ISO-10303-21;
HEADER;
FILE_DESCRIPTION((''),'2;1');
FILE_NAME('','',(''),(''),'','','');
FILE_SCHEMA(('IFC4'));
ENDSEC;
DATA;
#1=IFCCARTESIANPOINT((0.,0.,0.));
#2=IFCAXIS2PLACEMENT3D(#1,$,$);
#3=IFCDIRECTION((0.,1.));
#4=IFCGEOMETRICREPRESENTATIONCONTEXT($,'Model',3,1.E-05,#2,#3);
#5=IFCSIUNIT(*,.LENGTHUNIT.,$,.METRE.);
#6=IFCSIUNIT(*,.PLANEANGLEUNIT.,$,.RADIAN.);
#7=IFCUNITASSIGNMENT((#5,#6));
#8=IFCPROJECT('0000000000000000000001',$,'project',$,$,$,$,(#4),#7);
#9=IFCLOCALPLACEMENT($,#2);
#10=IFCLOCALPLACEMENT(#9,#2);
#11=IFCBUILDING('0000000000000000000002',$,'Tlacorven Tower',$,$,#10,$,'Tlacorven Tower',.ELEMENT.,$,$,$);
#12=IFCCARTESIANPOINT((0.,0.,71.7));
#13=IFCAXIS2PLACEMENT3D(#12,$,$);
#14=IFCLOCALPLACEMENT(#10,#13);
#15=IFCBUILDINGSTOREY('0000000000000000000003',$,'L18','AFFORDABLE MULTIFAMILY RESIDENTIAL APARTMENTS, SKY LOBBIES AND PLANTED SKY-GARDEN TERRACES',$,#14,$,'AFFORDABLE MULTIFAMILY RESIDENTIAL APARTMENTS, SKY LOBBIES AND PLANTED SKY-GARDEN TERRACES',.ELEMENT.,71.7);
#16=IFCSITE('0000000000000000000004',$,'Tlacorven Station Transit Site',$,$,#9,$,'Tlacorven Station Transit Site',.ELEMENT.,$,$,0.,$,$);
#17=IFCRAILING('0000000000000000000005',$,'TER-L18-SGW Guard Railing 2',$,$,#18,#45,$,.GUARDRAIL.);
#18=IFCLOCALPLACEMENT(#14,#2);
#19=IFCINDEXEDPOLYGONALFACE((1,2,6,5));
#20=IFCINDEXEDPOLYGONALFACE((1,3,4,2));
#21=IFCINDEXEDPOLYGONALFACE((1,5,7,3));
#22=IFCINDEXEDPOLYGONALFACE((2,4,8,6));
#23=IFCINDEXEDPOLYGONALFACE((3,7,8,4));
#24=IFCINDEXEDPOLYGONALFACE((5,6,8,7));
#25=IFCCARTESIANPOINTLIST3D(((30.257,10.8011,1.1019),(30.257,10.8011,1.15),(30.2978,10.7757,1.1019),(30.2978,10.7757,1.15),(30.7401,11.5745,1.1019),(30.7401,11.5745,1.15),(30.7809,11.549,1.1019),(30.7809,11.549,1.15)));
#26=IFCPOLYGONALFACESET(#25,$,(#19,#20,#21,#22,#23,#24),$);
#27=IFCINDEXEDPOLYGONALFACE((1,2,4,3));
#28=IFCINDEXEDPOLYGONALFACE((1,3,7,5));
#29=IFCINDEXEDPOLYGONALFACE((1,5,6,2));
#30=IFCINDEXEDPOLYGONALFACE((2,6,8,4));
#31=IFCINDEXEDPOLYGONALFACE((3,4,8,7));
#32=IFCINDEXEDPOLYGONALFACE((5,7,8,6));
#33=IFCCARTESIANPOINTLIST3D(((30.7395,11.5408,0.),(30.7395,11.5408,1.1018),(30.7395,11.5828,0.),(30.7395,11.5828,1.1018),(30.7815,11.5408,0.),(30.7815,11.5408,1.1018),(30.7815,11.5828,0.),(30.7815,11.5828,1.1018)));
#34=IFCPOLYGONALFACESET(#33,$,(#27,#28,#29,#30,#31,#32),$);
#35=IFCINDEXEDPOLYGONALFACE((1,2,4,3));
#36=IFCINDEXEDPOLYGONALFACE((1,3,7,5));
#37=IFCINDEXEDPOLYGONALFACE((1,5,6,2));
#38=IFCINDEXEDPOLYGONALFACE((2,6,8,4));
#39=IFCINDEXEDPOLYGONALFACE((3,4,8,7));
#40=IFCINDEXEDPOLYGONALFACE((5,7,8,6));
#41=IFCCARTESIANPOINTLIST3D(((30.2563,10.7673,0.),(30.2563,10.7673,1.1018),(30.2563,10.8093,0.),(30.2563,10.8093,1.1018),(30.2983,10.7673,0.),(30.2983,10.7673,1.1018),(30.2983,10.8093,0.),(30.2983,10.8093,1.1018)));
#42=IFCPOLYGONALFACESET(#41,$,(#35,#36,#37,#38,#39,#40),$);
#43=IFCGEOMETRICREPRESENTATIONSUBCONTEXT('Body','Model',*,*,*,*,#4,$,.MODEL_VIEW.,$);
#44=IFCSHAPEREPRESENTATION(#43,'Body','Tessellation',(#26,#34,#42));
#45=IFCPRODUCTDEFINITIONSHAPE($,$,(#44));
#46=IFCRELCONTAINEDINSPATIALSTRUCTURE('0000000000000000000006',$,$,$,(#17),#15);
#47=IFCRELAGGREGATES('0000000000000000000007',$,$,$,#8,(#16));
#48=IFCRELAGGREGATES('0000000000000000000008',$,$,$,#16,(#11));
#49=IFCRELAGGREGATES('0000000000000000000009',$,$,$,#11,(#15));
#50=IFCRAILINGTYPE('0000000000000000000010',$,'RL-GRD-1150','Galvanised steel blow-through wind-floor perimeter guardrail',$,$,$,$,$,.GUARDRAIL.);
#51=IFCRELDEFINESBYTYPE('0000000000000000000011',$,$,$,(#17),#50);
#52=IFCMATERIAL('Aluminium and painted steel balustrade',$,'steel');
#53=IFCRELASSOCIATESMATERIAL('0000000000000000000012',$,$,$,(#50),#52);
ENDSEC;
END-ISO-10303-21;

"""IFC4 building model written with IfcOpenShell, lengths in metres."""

from ifc_helpers import new_model, si_unit, direction, frame, origin, origin_2d, place, context, subcontext, project, spatial, rectangle, extrude, source, transform, mapped, material, type_object, element, save


model = new_model("IFC4")

# Units and contexts
model_context = context("Model", 3, precision=1e-05, world=origin(), true_north=direction((0.0, 1.0)))
body_context = subcontext(model_context, "Body", "Model", "MODEL_VIEW")
ifc_project = project(units=[si_unit("LENGTHUNIT", "METRE"), si_unit("PLANEANGLEUNIT", "RADIAN")], contexts=[model_context])

# Site, building, storey
site_placement = place(None, origin())
site = spatial("IfcSite", under=ifc_project, at=site_placement, Name="Tlacorven Station Transit Site", LongName="Tlacorven Station Transit Site", CompositionType="ELEMENT", RefElevation=0.0)
building_placement = place(site_placement, origin())
building = spatial("IfcBuilding", under=site, at=building_placement, Name="Tlacorven Tower", LongName="Tlacorven Tower", CompositionType="ELEMENT")
storey_placement = place(building_placement, frame((0.0, 0.0, 71.7)))
storey = spatial("IfcBuildingStorey", under=building, at=storey_placement, Name="L18", Description="AFFORDABLE MULTIFAMILY RESIDENTIAL APARTMENTS, SKY LOBBIES AND PLANTED SKY-GARDEN TERRACES", LongName="AFFORDABLE MULTIFAMILY RESIDENTIAL APARTMENTS, SKY LOBBIES AND PLANTED SKY-GARDEN TERRACES", CompositionType="ELEMENT", Elevation=71.7)

# Railing
ifc_material_1 = material(Name="Aluminium and painted steel balustrade", Category="steel")
railing_type = type_object("IfcRailingType", Name="RL-GRD-1150", Description="Galvanised steel blow-through wind-floor perimeter guardrail", PredefinedType="GUARDRAIL", material=ifc_material_1)
shared_shape_1 = source(origin(), body_context, "Body", "SweptSolid", [
    extrude(rectangle(XDim=0.0481, YDim=0.0481, at=origin_2d()), frame((0.0, 0.0, 1.126), z_axis=(-0.529806, -0.848119, 0.0), x_axis=(0.848119, -0.529806, 0.0)), (0.0, 0.0, 1.0), 0.9119),
    extrude(rectangle(XDim=0.042, YDim=0.042, at=origin_2d()), origin(), (0.0, 0.0, 1.0), 1.1018),
    extrude(rectangle(XDim=0.042, YDim=0.042, at=origin_2d()), frame((-0.4832, -0.7734, 0.0)), (0.0, 0.0, 1.0), 1.1018),
])
railing_placement = place(storey_placement, frame((30.7605, 11.5618, 0.0)))
element("IfcRailing", 1, at=railing_placement, inside=storey, type_object=railing_type, Name="TER-L18-SGW Guard Railing 2", PredefinedType="GUARDRAIL", context=body_context, shape_type="MappedRepresentation", body=[
    mapped(shared_shape_1, transform((0.0, 0.0, 0.0), scale=1.0)),
])

save(model, "model.ifc")
